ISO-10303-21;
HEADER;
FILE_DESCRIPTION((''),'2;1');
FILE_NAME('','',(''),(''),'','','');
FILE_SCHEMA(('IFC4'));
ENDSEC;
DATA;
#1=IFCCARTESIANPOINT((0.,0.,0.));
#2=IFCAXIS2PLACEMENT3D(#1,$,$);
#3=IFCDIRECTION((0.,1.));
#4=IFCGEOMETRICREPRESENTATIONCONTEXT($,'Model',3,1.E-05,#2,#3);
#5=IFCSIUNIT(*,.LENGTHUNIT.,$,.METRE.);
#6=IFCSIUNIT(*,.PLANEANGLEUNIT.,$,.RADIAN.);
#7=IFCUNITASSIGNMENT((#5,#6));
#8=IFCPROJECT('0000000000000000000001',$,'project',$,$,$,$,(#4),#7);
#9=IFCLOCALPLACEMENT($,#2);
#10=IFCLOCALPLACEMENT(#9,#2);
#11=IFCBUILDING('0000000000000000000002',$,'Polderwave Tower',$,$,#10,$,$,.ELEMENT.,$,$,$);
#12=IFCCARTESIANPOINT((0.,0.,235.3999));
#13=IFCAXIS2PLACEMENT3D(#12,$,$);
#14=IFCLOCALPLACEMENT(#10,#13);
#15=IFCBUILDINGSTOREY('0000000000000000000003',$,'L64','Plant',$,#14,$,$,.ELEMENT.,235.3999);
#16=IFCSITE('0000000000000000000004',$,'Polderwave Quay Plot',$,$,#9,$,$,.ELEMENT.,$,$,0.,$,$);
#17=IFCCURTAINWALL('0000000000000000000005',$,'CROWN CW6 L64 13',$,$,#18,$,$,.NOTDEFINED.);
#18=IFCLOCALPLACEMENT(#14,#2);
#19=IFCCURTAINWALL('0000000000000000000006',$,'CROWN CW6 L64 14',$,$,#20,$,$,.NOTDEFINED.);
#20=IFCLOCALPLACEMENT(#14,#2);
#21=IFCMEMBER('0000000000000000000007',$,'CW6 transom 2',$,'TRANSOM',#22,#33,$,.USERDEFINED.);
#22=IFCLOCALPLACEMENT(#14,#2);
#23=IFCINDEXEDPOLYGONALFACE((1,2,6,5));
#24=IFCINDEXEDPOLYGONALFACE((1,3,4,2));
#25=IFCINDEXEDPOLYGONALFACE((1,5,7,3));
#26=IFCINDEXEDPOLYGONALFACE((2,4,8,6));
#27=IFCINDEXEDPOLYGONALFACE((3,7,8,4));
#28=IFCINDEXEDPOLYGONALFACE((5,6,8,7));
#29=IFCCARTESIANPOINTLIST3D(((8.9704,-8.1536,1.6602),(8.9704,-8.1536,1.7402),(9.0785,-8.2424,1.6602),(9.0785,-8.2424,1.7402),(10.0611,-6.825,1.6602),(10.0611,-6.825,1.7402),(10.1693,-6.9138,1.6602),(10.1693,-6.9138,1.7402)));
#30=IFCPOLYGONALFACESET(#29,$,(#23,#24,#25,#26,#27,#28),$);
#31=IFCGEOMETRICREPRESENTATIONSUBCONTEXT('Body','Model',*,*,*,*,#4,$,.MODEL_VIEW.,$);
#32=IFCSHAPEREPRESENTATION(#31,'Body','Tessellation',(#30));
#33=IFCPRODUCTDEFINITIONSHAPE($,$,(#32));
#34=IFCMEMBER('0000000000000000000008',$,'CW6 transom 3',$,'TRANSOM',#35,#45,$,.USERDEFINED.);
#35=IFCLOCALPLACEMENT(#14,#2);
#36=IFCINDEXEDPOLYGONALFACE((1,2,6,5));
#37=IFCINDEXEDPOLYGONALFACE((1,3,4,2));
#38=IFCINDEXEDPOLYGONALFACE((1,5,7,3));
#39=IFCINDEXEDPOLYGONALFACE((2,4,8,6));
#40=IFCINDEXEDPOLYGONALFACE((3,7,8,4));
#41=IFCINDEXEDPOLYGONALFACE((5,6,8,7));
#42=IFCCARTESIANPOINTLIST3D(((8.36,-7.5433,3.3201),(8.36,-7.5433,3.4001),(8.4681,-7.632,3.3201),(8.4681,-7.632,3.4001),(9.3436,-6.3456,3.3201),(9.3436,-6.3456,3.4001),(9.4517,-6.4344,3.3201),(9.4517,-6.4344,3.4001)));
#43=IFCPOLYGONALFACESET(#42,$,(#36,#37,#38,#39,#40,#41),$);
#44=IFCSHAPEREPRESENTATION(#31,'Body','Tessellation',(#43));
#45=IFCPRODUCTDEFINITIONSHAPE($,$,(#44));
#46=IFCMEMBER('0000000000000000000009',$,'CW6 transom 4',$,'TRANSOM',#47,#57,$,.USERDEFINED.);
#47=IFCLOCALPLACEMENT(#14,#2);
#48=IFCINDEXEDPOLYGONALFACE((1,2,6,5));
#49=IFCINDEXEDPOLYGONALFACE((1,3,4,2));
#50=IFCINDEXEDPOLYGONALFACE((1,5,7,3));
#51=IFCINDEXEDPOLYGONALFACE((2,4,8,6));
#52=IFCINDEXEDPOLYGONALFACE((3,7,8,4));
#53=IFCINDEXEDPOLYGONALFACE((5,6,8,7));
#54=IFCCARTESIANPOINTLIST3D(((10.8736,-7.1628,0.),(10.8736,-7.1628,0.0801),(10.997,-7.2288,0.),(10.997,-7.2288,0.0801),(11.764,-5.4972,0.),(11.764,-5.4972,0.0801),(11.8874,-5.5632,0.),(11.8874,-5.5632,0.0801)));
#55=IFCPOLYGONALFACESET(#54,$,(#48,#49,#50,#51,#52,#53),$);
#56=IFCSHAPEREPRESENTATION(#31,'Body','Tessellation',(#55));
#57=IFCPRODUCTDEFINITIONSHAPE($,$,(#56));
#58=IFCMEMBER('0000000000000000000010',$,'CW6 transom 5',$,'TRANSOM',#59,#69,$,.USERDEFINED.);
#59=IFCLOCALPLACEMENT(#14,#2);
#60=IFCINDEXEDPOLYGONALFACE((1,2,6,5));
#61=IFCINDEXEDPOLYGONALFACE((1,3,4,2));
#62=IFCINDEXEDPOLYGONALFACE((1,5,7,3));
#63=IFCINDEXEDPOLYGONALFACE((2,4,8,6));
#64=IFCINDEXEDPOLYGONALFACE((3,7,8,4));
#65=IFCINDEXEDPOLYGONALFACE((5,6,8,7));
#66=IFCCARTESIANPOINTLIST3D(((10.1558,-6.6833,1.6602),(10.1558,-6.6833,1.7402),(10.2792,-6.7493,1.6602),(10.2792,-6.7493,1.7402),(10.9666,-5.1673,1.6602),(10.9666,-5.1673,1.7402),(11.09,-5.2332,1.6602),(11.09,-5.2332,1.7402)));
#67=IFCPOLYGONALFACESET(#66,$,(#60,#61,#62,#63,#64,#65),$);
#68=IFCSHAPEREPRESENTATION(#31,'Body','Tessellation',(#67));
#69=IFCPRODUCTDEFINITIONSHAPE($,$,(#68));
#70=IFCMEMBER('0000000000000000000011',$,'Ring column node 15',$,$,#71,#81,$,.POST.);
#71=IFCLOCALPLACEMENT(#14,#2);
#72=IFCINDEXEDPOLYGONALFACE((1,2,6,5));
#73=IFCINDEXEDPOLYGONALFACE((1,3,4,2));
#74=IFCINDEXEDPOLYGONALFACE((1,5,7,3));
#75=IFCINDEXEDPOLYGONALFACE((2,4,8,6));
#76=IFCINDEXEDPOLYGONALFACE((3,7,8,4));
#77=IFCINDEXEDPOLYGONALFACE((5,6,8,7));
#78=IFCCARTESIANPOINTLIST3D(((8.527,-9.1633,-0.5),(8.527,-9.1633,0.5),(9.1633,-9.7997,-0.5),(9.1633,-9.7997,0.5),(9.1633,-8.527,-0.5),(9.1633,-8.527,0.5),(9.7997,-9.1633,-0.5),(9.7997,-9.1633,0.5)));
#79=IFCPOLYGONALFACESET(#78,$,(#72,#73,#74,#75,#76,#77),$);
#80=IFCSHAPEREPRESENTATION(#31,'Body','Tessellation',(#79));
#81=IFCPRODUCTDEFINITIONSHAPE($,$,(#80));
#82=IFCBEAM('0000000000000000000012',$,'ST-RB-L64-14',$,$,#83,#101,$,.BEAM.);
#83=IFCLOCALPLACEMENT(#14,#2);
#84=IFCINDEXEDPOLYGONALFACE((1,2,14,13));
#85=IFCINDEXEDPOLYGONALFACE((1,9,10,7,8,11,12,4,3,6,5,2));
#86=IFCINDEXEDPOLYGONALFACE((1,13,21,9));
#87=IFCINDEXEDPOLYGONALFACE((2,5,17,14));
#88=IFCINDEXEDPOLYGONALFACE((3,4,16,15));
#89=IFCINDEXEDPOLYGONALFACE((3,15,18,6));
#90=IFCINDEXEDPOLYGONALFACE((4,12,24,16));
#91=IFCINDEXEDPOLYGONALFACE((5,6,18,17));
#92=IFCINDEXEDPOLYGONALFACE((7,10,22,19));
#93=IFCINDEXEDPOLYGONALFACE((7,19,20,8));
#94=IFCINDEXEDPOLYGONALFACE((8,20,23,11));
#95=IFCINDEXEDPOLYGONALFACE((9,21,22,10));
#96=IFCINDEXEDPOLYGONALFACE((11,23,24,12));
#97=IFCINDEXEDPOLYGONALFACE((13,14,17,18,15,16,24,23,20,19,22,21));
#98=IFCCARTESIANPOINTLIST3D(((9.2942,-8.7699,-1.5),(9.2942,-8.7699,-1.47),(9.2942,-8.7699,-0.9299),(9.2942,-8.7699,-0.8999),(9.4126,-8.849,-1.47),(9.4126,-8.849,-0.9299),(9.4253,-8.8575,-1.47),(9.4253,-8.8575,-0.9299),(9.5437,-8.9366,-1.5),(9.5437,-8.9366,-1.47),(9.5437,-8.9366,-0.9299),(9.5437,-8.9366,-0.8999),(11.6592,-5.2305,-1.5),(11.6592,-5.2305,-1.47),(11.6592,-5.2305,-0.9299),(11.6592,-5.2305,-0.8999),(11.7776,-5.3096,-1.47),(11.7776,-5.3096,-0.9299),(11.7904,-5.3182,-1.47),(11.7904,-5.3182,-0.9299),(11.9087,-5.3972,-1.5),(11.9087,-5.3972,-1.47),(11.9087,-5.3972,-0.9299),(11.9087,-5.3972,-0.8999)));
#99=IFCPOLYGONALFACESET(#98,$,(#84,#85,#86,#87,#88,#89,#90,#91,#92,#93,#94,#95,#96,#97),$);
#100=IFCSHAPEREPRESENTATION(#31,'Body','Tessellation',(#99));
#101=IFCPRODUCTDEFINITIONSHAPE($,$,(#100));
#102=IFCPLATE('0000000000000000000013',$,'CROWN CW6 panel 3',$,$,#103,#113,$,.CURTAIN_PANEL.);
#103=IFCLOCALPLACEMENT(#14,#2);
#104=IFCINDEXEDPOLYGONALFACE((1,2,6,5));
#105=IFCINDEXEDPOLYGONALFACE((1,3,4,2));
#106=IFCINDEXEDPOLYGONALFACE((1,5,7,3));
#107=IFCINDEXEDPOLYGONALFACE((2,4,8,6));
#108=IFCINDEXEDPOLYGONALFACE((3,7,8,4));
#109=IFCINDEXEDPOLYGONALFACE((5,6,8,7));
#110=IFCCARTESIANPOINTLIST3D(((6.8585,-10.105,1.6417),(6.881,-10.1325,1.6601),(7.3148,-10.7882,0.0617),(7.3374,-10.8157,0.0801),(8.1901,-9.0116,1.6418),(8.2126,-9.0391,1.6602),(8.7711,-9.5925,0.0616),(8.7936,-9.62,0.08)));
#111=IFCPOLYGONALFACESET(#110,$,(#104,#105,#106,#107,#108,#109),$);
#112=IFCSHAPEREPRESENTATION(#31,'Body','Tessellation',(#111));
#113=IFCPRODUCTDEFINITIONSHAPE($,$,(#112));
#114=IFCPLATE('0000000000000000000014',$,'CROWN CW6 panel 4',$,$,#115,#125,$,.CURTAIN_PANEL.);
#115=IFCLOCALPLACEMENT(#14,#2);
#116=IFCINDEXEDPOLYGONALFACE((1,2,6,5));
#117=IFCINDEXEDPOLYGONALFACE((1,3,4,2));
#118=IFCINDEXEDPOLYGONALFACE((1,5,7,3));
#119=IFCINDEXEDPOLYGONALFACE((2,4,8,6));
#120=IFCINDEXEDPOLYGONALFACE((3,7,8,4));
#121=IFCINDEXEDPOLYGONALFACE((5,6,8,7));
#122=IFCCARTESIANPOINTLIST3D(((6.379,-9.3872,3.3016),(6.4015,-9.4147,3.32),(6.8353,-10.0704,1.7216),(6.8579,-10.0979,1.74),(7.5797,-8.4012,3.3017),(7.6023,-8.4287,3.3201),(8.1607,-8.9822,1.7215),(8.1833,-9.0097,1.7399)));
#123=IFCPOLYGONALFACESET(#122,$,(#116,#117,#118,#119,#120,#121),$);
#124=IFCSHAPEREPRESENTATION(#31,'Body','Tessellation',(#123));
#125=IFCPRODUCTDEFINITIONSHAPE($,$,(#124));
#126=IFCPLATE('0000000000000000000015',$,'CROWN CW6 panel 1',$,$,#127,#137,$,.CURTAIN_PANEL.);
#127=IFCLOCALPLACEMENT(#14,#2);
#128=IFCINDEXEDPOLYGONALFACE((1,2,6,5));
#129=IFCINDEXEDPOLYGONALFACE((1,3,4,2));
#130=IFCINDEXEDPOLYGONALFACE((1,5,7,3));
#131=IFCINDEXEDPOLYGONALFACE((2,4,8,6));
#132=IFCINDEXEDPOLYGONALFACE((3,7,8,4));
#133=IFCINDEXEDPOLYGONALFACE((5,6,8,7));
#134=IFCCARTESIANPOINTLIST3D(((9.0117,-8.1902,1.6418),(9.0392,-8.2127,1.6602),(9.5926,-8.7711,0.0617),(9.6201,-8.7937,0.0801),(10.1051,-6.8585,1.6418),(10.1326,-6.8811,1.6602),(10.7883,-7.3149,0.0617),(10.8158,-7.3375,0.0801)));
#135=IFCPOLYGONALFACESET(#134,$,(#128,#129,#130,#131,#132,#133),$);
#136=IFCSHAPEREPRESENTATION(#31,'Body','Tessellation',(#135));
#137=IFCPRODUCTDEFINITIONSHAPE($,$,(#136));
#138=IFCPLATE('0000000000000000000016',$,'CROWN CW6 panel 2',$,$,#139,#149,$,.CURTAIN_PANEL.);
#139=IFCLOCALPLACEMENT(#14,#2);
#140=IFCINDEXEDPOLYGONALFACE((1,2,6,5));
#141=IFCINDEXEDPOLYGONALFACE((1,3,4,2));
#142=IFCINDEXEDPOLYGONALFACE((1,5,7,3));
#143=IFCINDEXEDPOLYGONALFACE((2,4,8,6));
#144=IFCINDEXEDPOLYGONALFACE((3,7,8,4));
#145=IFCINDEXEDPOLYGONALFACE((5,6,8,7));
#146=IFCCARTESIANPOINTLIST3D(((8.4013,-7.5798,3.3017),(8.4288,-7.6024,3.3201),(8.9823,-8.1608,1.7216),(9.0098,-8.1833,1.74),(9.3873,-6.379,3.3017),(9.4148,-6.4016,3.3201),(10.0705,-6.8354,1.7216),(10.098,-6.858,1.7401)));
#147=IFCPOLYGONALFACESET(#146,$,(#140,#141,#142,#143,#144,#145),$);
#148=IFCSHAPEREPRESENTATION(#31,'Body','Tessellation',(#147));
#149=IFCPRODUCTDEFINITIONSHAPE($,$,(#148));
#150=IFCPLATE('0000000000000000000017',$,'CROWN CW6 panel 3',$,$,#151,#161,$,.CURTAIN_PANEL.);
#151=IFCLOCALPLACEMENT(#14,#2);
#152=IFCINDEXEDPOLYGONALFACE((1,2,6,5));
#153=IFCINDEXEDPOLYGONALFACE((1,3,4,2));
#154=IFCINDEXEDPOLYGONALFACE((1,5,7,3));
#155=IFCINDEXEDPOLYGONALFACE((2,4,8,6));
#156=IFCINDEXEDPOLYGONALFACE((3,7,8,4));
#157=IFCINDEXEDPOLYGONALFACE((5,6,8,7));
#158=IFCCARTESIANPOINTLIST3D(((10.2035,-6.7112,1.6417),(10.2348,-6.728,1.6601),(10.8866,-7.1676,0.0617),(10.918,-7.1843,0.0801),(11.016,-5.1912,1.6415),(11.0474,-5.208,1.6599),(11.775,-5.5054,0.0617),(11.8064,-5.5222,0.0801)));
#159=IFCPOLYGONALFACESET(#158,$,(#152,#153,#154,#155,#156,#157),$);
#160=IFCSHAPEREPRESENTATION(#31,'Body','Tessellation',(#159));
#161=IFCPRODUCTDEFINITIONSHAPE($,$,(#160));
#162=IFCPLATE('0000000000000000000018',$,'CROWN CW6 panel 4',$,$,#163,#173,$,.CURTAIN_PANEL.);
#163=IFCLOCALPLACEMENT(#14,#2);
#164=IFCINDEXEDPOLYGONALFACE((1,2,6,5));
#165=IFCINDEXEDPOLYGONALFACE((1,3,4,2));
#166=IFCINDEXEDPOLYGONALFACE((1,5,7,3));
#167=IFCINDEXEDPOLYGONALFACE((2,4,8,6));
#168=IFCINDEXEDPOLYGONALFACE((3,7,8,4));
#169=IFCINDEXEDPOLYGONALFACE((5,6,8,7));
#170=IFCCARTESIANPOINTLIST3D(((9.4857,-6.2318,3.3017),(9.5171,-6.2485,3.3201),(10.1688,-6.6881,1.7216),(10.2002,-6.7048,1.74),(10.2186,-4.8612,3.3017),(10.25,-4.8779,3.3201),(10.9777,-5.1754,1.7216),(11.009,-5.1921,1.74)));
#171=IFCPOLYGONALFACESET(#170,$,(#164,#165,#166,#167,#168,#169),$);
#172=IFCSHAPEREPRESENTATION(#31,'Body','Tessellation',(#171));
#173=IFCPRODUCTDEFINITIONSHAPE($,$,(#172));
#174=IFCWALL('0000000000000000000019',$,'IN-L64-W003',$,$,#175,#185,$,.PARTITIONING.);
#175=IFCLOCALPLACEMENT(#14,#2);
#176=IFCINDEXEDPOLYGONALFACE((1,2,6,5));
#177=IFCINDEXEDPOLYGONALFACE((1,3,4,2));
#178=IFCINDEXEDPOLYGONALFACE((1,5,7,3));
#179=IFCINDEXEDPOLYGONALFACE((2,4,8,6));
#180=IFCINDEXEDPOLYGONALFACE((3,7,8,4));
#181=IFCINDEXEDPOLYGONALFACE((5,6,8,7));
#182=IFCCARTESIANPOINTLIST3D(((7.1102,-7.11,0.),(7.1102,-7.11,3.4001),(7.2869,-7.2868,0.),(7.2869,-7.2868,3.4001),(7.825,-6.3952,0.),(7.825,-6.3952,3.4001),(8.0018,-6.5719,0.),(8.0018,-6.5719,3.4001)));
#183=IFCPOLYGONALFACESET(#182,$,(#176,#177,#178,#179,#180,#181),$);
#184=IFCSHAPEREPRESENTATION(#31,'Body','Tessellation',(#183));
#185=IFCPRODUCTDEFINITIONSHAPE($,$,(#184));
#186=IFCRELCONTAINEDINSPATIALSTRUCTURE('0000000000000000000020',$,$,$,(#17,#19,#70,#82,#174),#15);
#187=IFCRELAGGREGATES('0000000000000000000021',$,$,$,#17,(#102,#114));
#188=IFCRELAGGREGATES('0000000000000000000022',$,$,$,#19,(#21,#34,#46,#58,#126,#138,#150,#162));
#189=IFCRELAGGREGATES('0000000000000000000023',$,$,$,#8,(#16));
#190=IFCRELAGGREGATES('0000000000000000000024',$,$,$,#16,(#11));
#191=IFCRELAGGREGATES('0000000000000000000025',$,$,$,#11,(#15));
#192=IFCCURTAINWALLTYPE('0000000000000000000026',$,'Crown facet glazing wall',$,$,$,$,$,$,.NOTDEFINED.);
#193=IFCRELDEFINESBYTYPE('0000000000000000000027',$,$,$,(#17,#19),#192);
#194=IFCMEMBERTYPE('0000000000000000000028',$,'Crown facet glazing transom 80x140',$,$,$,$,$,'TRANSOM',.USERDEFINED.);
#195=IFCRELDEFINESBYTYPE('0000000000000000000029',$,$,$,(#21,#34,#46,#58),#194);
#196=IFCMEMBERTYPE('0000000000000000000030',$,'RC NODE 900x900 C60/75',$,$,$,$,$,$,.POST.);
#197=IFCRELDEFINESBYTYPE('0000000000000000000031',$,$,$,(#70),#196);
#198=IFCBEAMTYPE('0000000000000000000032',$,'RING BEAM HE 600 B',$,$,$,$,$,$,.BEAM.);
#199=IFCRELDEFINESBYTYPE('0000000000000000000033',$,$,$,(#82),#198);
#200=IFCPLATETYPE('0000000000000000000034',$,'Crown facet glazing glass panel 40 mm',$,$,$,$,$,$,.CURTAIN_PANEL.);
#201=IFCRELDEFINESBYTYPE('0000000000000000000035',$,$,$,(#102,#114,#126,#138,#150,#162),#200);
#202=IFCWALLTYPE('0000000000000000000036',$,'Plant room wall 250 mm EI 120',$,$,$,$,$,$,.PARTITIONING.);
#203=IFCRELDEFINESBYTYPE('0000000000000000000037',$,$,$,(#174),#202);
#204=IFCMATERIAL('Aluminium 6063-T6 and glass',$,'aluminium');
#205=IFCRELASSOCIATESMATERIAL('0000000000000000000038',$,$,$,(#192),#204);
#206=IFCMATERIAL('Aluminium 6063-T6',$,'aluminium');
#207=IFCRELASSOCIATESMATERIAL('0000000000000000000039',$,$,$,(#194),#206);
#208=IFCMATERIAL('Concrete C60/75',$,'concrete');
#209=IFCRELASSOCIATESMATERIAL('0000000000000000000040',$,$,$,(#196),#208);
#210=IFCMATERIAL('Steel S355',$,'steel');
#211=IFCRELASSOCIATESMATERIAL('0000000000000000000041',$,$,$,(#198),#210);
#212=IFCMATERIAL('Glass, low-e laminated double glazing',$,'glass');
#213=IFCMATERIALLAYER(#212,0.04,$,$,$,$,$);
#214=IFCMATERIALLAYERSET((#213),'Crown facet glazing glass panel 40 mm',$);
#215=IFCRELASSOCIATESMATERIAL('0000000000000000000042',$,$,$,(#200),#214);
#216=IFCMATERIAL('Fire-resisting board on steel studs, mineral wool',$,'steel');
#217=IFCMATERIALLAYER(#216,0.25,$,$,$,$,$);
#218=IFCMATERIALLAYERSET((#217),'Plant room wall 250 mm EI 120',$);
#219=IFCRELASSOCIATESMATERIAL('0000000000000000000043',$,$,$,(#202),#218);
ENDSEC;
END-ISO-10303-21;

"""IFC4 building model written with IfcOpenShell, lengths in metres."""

from ifc_helpers import new_model, si_unit, direction, frame, frame_2d, origin, origin_2d, place, context, subcontext, project, spatial, polyline, rectangle, i_section, outline, extrude, material, layer, layer_set, material_profile, profile_set, type_object, element, aggregate, save


model = new_model("IFC4")

# Units and contexts
model_context = context("Model", 3, precision=1e-05, world=origin(), true_north=direction((0.0, 1.0)))
body_context = subcontext(model_context, "Body", "Model", "MODEL_VIEW")
ifc_project = project(units=[si_unit("LENGTHUNIT", "METRE"), si_unit("PLANEANGLEUNIT", "RADIAN")], contexts=[model_context])

# Site, building, storey
site_placement = place(None, origin())
site = spatial("IfcSite", under=ifc_project, at=site_placement, Name="Polderwave Quay Plot", CompositionType="ELEMENT", RefElevation=0.0)
building_placement = place(site_placement, origin())
building = spatial("IfcBuilding", under=site, at=building_placement, Name="Polderwave Tower", CompositionType="ELEMENT")
storey_placement = place(building_placement, frame((0.0, 0.0, 235.3999)))
storey = spatial("IfcBuildingStorey", under=building, at=storey_placement, Name="L64", Description="Plant", CompositionType="ELEMENT", Elevation=235.3999)

# Shared definitions
ifc_material_1 = material(Name="Concrete C60/75", Category="concrete")

# Curtain walls
ifc_material_2 = material(Name="Aluminium 6063-T6 and glass", Category="aluminium")
curtain_wall_type = type_object("IfcCurtainWallType", Name="Crown facet glazing wall", PredefinedType="NOTDEFINED", material=ifc_material_2)
curtain_wall_1_placement = place(storey_placement, origin())
curtain_wall_1 = element("IfcCurtainWall", 1, at=curtain_wall_1_placement, inside=storey, type_object=curtain_wall_type, Name="CROWN CW6 L64 13", PredefinedType="NOTDEFINED")
ifc_material_3 = material(Name="Aluminium 6063-T6", Category="aluminium")
curtain_wall_2_placement = place(storey_placement, origin())
curtain_wall_2 = element("IfcCurtainWall", 2, at=curtain_wall_2_placement, inside=storey, type_object=curtain_wall_type, Name="CROWN CW6 L64 14", PredefinedType="NOTDEFINED")

# Members
ifc_material_profile_1 = material_profile(ifc_material_3, rectangle(XDim=0.1399, YDim=0.0801, at=origin_2d()), Name="AL 80x140")
ifc_profile_set_1 = profile_set([ifc_material_profile_1], Name="Aluminium 6063-T6")
member_type_1 = type_object("IfcMemberType", Name="Crown facet glazing transom 80x140", ElementType="TRANSOM", PredefinedType="USERDEFINED", material=ifc_profile_set_1)
member_1_placement = place(storey_placement, frame((9.0244, -8.198, 1.7002), z_axis=(0.634552, 0.77288, 0.0), x_axis=(-0.77288, 0.634552, 0.0)))
member_1 = element("IfcMember", 3, at=member_1_placement, type_object=member_type_1, Name="CW6 transom 2", ObjectType="TRANSOM", PredefinedType="USERDEFINED", context=body_context, shape_type="SweptSolid", body=[
    extrude(rectangle(XDim=0.1399, YDim=0.0801, at=origin_2d()), origin(), (0.0, 0.0, 1.0), 1.719),
])
member_2_placement = place(storey_placement, frame((8.4141, -7.5876, 3.3601), z_axis=(0.634652, 0.772798, 0.0), x_axis=(-0.772798, 0.634652, 0.0)))
member_2 = element("IfcMember", 4, at=member_2_placement, type_object=member_type_1, Name="CW6 transom 3", ObjectType="TRANSOM", PredefinedType="USERDEFINED", context=body_context, shape_type="SweptSolid", body=[
    extrude(rectangle(XDim=0.1399, YDim=0.0801, at=origin_2d()), origin(), (0.0, 0.0, 1.0), 1.5498),
])
member_3_placement = place(storey_placement, frame((10.9353, -7.1958, 0.04), z_axis=(0.471454, 0.881891, 0.0), x_axis=(-0.881891, 0.471454, 0.0)))
member_3 = element("IfcMember", 5, at=member_3_placement, type_object=member_type_1, Name="CW6 transom 4", ObjectType="TRANSOM", PredefinedType="USERDEFINED", context=body_context, shape_type="SweptSolid", body=[
    extrude(rectangle(XDim=0.1399, YDim=0.0801, at=origin_2d()), origin(), (0.0, 0.0, 1.0), 1.8887),
])
member_4_placement = place(storey_placement, frame((10.2175, -6.7163, 1.7002), z_axis=(0.471583, 0.881822, 0.0), x_axis=(-0.881822, 0.471583, 0.0)))
member_4 = element("IfcMember", 6, at=member_4_placement, type_object=member_type_1, Name="CW6 transom 5", ObjectType="TRANSOM", PredefinedType="USERDEFINED", context=body_context, shape_type="SweptSolid", body=[
    extrude(rectangle(XDim=0.1399, YDim=0.0801, at=origin_2d()), origin(), (0.0, 0.0, 1.0), 1.7192),
])
ifc_material_profile_2 = material_profile(ifc_material_1, rectangle(XDim=0.8999, YDim=0.8999, at=origin_2d()), Name="RC 900x900")
ifc_profile_set_2 = profile_set([ifc_material_profile_2], Name="Concrete C60/75")
member_type_2 = type_object("IfcMemberType", Name="RC NODE 900x900 C60/75", PredefinedType="POST", material=ifc_profile_set_2)
member_5_placement = place(storey_placement, frame((9.1633, -9.1633, -0.5), z_axis=(0.0, 0.0, 1.0), x_axis=(0.707107, -0.707107, 0.0)))
element("IfcMember", 7, at=member_5_placement, inside=storey, type_object=member_type_2, Name="Ring column node 15", PredefinedType="POST", context=body_context, shape_type="SweptSolid", body=[
    extrude(rectangle(XDim=0.8999, YDim=0.8999, at=origin_2d()), origin(), (0.0, 0.0, 1.0), 1.0),
])

# Beam
ifc_material_4 = material(Name="Steel S355", Category="steel")
ifc_material_profile_3 = material_profile(ifc_material_4, i_section(OverallWidth=0.3, OverallDepth=0.6001, WebThickness=0.0154, FlangeThickness=0.03, at=origin_2d()), Name="HE 600 B")
ifc_profile_set_3 = profile_set([ifc_material_profile_3], Name="Steel S355")
beam_type = type_object("IfcBeamType", Name="RING BEAM HE 600 B", PredefinedType="BEAM", material=ifc_profile_set_3)
beam_placement = place(storey_placement, frame((9.4189, -8.8533, -1.2), z_axis=(0.555587, 0.831459, 0.0), x_axis=(-0.831459, 0.555587, 0.0)))
element("IfcBeam", 8, at=beam_placement, inside=storey, type_object=beam_type, Name="ST-RB-L64-14", PredefinedType="BEAM", context=body_context, shape_type="SweptSolid", body=[
    extrude(i_section(OverallWidth=0.3, OverallDepth=0.6001, WebThickness=0.0154, FlangeThickness=0.03, at=origin_2d()), origin(), (0.0, 0.0, 1.0), 4.2568),
])

# Plates
ifc_material_5 = material(Name="Glass, low-e laminated double glazing", Category="glass")
ifc_layer_1 = layer(ifc_material_5, 0.04)
ifc_layer_set_1 = layer_set([ifc_layer_1], Name="Crown facet glazing glass panel 40 mm")
plate_type = type_object("IfcPlateType", Name="Crown facet glazing glass panel 40 mm", PredefinedType="CURTAIN_PANEL", material=ifc_layer_set_1)
plate_1_placement = place(storey_placement, frame((7.3374, -10.8157, 0.0801), z_axis=(0.563593, -0.686399, 0.459586), x_axis=(0.772866, 0.634569, -0.000032)))
plate_1 = element("IfcPlate", 9, at=plate_1_placement, type_object=plate_type, Name="CROWN CW6 panel 3", PredefinedType="CURTAIN_PANEL", context=body_context, shape_type="SweptSolid", body=[
    extrude(outline(polyline([(0.0, 0.0), (1.8842, 0.0), (1.8038, 1.7792), (0.0808, 1.779), (0.0, 0.0)])), origin(), (0.0, 0.0, -1.0), 0.04),
])
plate_2_placement = place(storey_placement, frame((6.8579, -10.0979, 1.74), z_axis=(0.563602, -0.686392, 0.459586), x_axis=(0.77286, 0.634577, -0.000036)))
plate_2 = element("IfcPlate", 10, at=plate_2_placement, type_object=plate_type, Name="CROWN CW6 panel 4", PredefinedType="CURTAIN_PANEL", context=body_context, shape_type="SweptSolid", body=[
    extrude(outline(polyline([(0.0, 0.0), (1.7149, 0.0), (1.6345, 1.7792), (0.0808, 1.779), (0.0, 0.0)])), origin(), (0.0, 0.0, -1.0), 0.04),
])
aggregate(curtain_wall_1, [plate_1, plate_2])
plate_3_placement = place(storey_placement, frame((9.6201, -8.7937, 0.0801), z_axis=(0.686399, -0.563593, 0.459586), x_axis=(0.634569, 0.772866, 0.000032)))
plate_3 = element("IfcPlate", 11, at=plate_3_placement, type_object=plate_type, Name="CROWN CW6 panel 1", PredefinedType="CURTAIN_PANEL", context=body_context, shape_type="SweptSolid", body=[
    extrude(outline(polyline([(0.0, 0.0), (1.8842, 0.0), (1.8034, 1.779), (0.0804, 1.7792), (0.0, 0.0)])), origin(), (0.0, 0.0, -1.0), 0.04),
])
plate_4_placement = place(storey_placement, frame((9.0098, -8.1833, 1.74), z_axis=(0.686392, -0.563602, 0.459586), x_axis=(0.634577, 0.77286, 0.000036)))
plate_4 = element("IfcPlate", 12, at=plate_4_placement, type_object=plate_type, Name="CROWN CW6 panel 2", PredefinedType="CURTAIN_PANEL", context=body_context, shape_type="SweptSolid", body=[
    extrude(outline(polyline([(0.0, 0.0), (1.7149, 0.0), (1.6341, 1.779), (0.0804, 1.7792), (0.0, 0.0)])), origin(), (0.0, 0.0, -1.0), 0.04),
])
plate_5_placement = place(storey_placement, frame((10.918, -7.1843, 0.0801), z_axis=(0.783284, -0.41865, 0.459563), x_axis=(0.471381, 0.88193, -0.000012)))
plate_5 = element("IfcPlate", 13, at=plate_5_placement, type_object=plate_type, Name="CROWN CW6 panel 3", PredefinedType="CURTAIN_PANEL", context=body_context, shape_type="SweptSolid", body=[
    extrude(outline(polyline([(0.0, 0.0), (1.8847, 0.0), (1.8039, 1.7788), (0.0804, 1.7791), (0.0, 0.0)])), origin(), (0.0, 0.0, -1.0), 0.04),
])
plate_6_placement = place(storey_placement, frame((10.2002, -6.7048, 1.74), z_axis=(0.78322, -0.418801, 0.459535), x_axis=(0.471535, 0.881847, 0.000005)))
plate_6 = element("IfcPlate", 14, at=plate_6_placement, type_object=plate_type, Name="CROWN CW6 panel 4", PredefinedType="CURTAIN_PANEL", context=body_context, shape_type="SweptSolid", body=[
    extrude(outline(polyline([(0.0, 0.0), (1.7154, 0.0), (1.6345, 1.779), (0.0803, 1.7791), (0.0, 0.0)])), origin(), (0.0, 0.0, -1.0), 0.04),
])
aggregate(curtain_wall_2, [member_1, member_2, member_3, member_4, plate_3, plate_4, plate_5, plate_6])

# Wall
ifc_material_6 = material(Name="Fire-resisting board on steel studs, mineral wool", Category="steel")
ifc_layer_2 = layer(ifc_material_6, 0.25)
ifc_layer_set_2 = layer_set([ifc_layer_2], Name="Plant room wall 250 mm EI 120")
wall_type = type_object("IfcWallType", Name="Plant room wall 250 mm EI 120", PredefinedType="PARTITIONING", material=ifc_layer_set_2)
wall_1_placement = place(storey_placement, frame((7.9133, -6.4836, 0.0), z_axis=(0.0, 0.0, 1.0), x_axis=(-0.707107, -0.707107, 0.0)))
element("IfcWall", 15, at=wall_1_placement, inside=storey, type_object=wall_type, Name="IN-L64-W003", PredefinedType="PARTITIONING", context=body_context, shape_type="SweptSolid", body=[
    extrude(rectangle(XDim=1.011, YDim=0.25, at=frame_2d((0.5054, 0.0))), origin(), (0.0, 0.0, 1.0), 3.4001),
])

save(model, "model.ifc")
